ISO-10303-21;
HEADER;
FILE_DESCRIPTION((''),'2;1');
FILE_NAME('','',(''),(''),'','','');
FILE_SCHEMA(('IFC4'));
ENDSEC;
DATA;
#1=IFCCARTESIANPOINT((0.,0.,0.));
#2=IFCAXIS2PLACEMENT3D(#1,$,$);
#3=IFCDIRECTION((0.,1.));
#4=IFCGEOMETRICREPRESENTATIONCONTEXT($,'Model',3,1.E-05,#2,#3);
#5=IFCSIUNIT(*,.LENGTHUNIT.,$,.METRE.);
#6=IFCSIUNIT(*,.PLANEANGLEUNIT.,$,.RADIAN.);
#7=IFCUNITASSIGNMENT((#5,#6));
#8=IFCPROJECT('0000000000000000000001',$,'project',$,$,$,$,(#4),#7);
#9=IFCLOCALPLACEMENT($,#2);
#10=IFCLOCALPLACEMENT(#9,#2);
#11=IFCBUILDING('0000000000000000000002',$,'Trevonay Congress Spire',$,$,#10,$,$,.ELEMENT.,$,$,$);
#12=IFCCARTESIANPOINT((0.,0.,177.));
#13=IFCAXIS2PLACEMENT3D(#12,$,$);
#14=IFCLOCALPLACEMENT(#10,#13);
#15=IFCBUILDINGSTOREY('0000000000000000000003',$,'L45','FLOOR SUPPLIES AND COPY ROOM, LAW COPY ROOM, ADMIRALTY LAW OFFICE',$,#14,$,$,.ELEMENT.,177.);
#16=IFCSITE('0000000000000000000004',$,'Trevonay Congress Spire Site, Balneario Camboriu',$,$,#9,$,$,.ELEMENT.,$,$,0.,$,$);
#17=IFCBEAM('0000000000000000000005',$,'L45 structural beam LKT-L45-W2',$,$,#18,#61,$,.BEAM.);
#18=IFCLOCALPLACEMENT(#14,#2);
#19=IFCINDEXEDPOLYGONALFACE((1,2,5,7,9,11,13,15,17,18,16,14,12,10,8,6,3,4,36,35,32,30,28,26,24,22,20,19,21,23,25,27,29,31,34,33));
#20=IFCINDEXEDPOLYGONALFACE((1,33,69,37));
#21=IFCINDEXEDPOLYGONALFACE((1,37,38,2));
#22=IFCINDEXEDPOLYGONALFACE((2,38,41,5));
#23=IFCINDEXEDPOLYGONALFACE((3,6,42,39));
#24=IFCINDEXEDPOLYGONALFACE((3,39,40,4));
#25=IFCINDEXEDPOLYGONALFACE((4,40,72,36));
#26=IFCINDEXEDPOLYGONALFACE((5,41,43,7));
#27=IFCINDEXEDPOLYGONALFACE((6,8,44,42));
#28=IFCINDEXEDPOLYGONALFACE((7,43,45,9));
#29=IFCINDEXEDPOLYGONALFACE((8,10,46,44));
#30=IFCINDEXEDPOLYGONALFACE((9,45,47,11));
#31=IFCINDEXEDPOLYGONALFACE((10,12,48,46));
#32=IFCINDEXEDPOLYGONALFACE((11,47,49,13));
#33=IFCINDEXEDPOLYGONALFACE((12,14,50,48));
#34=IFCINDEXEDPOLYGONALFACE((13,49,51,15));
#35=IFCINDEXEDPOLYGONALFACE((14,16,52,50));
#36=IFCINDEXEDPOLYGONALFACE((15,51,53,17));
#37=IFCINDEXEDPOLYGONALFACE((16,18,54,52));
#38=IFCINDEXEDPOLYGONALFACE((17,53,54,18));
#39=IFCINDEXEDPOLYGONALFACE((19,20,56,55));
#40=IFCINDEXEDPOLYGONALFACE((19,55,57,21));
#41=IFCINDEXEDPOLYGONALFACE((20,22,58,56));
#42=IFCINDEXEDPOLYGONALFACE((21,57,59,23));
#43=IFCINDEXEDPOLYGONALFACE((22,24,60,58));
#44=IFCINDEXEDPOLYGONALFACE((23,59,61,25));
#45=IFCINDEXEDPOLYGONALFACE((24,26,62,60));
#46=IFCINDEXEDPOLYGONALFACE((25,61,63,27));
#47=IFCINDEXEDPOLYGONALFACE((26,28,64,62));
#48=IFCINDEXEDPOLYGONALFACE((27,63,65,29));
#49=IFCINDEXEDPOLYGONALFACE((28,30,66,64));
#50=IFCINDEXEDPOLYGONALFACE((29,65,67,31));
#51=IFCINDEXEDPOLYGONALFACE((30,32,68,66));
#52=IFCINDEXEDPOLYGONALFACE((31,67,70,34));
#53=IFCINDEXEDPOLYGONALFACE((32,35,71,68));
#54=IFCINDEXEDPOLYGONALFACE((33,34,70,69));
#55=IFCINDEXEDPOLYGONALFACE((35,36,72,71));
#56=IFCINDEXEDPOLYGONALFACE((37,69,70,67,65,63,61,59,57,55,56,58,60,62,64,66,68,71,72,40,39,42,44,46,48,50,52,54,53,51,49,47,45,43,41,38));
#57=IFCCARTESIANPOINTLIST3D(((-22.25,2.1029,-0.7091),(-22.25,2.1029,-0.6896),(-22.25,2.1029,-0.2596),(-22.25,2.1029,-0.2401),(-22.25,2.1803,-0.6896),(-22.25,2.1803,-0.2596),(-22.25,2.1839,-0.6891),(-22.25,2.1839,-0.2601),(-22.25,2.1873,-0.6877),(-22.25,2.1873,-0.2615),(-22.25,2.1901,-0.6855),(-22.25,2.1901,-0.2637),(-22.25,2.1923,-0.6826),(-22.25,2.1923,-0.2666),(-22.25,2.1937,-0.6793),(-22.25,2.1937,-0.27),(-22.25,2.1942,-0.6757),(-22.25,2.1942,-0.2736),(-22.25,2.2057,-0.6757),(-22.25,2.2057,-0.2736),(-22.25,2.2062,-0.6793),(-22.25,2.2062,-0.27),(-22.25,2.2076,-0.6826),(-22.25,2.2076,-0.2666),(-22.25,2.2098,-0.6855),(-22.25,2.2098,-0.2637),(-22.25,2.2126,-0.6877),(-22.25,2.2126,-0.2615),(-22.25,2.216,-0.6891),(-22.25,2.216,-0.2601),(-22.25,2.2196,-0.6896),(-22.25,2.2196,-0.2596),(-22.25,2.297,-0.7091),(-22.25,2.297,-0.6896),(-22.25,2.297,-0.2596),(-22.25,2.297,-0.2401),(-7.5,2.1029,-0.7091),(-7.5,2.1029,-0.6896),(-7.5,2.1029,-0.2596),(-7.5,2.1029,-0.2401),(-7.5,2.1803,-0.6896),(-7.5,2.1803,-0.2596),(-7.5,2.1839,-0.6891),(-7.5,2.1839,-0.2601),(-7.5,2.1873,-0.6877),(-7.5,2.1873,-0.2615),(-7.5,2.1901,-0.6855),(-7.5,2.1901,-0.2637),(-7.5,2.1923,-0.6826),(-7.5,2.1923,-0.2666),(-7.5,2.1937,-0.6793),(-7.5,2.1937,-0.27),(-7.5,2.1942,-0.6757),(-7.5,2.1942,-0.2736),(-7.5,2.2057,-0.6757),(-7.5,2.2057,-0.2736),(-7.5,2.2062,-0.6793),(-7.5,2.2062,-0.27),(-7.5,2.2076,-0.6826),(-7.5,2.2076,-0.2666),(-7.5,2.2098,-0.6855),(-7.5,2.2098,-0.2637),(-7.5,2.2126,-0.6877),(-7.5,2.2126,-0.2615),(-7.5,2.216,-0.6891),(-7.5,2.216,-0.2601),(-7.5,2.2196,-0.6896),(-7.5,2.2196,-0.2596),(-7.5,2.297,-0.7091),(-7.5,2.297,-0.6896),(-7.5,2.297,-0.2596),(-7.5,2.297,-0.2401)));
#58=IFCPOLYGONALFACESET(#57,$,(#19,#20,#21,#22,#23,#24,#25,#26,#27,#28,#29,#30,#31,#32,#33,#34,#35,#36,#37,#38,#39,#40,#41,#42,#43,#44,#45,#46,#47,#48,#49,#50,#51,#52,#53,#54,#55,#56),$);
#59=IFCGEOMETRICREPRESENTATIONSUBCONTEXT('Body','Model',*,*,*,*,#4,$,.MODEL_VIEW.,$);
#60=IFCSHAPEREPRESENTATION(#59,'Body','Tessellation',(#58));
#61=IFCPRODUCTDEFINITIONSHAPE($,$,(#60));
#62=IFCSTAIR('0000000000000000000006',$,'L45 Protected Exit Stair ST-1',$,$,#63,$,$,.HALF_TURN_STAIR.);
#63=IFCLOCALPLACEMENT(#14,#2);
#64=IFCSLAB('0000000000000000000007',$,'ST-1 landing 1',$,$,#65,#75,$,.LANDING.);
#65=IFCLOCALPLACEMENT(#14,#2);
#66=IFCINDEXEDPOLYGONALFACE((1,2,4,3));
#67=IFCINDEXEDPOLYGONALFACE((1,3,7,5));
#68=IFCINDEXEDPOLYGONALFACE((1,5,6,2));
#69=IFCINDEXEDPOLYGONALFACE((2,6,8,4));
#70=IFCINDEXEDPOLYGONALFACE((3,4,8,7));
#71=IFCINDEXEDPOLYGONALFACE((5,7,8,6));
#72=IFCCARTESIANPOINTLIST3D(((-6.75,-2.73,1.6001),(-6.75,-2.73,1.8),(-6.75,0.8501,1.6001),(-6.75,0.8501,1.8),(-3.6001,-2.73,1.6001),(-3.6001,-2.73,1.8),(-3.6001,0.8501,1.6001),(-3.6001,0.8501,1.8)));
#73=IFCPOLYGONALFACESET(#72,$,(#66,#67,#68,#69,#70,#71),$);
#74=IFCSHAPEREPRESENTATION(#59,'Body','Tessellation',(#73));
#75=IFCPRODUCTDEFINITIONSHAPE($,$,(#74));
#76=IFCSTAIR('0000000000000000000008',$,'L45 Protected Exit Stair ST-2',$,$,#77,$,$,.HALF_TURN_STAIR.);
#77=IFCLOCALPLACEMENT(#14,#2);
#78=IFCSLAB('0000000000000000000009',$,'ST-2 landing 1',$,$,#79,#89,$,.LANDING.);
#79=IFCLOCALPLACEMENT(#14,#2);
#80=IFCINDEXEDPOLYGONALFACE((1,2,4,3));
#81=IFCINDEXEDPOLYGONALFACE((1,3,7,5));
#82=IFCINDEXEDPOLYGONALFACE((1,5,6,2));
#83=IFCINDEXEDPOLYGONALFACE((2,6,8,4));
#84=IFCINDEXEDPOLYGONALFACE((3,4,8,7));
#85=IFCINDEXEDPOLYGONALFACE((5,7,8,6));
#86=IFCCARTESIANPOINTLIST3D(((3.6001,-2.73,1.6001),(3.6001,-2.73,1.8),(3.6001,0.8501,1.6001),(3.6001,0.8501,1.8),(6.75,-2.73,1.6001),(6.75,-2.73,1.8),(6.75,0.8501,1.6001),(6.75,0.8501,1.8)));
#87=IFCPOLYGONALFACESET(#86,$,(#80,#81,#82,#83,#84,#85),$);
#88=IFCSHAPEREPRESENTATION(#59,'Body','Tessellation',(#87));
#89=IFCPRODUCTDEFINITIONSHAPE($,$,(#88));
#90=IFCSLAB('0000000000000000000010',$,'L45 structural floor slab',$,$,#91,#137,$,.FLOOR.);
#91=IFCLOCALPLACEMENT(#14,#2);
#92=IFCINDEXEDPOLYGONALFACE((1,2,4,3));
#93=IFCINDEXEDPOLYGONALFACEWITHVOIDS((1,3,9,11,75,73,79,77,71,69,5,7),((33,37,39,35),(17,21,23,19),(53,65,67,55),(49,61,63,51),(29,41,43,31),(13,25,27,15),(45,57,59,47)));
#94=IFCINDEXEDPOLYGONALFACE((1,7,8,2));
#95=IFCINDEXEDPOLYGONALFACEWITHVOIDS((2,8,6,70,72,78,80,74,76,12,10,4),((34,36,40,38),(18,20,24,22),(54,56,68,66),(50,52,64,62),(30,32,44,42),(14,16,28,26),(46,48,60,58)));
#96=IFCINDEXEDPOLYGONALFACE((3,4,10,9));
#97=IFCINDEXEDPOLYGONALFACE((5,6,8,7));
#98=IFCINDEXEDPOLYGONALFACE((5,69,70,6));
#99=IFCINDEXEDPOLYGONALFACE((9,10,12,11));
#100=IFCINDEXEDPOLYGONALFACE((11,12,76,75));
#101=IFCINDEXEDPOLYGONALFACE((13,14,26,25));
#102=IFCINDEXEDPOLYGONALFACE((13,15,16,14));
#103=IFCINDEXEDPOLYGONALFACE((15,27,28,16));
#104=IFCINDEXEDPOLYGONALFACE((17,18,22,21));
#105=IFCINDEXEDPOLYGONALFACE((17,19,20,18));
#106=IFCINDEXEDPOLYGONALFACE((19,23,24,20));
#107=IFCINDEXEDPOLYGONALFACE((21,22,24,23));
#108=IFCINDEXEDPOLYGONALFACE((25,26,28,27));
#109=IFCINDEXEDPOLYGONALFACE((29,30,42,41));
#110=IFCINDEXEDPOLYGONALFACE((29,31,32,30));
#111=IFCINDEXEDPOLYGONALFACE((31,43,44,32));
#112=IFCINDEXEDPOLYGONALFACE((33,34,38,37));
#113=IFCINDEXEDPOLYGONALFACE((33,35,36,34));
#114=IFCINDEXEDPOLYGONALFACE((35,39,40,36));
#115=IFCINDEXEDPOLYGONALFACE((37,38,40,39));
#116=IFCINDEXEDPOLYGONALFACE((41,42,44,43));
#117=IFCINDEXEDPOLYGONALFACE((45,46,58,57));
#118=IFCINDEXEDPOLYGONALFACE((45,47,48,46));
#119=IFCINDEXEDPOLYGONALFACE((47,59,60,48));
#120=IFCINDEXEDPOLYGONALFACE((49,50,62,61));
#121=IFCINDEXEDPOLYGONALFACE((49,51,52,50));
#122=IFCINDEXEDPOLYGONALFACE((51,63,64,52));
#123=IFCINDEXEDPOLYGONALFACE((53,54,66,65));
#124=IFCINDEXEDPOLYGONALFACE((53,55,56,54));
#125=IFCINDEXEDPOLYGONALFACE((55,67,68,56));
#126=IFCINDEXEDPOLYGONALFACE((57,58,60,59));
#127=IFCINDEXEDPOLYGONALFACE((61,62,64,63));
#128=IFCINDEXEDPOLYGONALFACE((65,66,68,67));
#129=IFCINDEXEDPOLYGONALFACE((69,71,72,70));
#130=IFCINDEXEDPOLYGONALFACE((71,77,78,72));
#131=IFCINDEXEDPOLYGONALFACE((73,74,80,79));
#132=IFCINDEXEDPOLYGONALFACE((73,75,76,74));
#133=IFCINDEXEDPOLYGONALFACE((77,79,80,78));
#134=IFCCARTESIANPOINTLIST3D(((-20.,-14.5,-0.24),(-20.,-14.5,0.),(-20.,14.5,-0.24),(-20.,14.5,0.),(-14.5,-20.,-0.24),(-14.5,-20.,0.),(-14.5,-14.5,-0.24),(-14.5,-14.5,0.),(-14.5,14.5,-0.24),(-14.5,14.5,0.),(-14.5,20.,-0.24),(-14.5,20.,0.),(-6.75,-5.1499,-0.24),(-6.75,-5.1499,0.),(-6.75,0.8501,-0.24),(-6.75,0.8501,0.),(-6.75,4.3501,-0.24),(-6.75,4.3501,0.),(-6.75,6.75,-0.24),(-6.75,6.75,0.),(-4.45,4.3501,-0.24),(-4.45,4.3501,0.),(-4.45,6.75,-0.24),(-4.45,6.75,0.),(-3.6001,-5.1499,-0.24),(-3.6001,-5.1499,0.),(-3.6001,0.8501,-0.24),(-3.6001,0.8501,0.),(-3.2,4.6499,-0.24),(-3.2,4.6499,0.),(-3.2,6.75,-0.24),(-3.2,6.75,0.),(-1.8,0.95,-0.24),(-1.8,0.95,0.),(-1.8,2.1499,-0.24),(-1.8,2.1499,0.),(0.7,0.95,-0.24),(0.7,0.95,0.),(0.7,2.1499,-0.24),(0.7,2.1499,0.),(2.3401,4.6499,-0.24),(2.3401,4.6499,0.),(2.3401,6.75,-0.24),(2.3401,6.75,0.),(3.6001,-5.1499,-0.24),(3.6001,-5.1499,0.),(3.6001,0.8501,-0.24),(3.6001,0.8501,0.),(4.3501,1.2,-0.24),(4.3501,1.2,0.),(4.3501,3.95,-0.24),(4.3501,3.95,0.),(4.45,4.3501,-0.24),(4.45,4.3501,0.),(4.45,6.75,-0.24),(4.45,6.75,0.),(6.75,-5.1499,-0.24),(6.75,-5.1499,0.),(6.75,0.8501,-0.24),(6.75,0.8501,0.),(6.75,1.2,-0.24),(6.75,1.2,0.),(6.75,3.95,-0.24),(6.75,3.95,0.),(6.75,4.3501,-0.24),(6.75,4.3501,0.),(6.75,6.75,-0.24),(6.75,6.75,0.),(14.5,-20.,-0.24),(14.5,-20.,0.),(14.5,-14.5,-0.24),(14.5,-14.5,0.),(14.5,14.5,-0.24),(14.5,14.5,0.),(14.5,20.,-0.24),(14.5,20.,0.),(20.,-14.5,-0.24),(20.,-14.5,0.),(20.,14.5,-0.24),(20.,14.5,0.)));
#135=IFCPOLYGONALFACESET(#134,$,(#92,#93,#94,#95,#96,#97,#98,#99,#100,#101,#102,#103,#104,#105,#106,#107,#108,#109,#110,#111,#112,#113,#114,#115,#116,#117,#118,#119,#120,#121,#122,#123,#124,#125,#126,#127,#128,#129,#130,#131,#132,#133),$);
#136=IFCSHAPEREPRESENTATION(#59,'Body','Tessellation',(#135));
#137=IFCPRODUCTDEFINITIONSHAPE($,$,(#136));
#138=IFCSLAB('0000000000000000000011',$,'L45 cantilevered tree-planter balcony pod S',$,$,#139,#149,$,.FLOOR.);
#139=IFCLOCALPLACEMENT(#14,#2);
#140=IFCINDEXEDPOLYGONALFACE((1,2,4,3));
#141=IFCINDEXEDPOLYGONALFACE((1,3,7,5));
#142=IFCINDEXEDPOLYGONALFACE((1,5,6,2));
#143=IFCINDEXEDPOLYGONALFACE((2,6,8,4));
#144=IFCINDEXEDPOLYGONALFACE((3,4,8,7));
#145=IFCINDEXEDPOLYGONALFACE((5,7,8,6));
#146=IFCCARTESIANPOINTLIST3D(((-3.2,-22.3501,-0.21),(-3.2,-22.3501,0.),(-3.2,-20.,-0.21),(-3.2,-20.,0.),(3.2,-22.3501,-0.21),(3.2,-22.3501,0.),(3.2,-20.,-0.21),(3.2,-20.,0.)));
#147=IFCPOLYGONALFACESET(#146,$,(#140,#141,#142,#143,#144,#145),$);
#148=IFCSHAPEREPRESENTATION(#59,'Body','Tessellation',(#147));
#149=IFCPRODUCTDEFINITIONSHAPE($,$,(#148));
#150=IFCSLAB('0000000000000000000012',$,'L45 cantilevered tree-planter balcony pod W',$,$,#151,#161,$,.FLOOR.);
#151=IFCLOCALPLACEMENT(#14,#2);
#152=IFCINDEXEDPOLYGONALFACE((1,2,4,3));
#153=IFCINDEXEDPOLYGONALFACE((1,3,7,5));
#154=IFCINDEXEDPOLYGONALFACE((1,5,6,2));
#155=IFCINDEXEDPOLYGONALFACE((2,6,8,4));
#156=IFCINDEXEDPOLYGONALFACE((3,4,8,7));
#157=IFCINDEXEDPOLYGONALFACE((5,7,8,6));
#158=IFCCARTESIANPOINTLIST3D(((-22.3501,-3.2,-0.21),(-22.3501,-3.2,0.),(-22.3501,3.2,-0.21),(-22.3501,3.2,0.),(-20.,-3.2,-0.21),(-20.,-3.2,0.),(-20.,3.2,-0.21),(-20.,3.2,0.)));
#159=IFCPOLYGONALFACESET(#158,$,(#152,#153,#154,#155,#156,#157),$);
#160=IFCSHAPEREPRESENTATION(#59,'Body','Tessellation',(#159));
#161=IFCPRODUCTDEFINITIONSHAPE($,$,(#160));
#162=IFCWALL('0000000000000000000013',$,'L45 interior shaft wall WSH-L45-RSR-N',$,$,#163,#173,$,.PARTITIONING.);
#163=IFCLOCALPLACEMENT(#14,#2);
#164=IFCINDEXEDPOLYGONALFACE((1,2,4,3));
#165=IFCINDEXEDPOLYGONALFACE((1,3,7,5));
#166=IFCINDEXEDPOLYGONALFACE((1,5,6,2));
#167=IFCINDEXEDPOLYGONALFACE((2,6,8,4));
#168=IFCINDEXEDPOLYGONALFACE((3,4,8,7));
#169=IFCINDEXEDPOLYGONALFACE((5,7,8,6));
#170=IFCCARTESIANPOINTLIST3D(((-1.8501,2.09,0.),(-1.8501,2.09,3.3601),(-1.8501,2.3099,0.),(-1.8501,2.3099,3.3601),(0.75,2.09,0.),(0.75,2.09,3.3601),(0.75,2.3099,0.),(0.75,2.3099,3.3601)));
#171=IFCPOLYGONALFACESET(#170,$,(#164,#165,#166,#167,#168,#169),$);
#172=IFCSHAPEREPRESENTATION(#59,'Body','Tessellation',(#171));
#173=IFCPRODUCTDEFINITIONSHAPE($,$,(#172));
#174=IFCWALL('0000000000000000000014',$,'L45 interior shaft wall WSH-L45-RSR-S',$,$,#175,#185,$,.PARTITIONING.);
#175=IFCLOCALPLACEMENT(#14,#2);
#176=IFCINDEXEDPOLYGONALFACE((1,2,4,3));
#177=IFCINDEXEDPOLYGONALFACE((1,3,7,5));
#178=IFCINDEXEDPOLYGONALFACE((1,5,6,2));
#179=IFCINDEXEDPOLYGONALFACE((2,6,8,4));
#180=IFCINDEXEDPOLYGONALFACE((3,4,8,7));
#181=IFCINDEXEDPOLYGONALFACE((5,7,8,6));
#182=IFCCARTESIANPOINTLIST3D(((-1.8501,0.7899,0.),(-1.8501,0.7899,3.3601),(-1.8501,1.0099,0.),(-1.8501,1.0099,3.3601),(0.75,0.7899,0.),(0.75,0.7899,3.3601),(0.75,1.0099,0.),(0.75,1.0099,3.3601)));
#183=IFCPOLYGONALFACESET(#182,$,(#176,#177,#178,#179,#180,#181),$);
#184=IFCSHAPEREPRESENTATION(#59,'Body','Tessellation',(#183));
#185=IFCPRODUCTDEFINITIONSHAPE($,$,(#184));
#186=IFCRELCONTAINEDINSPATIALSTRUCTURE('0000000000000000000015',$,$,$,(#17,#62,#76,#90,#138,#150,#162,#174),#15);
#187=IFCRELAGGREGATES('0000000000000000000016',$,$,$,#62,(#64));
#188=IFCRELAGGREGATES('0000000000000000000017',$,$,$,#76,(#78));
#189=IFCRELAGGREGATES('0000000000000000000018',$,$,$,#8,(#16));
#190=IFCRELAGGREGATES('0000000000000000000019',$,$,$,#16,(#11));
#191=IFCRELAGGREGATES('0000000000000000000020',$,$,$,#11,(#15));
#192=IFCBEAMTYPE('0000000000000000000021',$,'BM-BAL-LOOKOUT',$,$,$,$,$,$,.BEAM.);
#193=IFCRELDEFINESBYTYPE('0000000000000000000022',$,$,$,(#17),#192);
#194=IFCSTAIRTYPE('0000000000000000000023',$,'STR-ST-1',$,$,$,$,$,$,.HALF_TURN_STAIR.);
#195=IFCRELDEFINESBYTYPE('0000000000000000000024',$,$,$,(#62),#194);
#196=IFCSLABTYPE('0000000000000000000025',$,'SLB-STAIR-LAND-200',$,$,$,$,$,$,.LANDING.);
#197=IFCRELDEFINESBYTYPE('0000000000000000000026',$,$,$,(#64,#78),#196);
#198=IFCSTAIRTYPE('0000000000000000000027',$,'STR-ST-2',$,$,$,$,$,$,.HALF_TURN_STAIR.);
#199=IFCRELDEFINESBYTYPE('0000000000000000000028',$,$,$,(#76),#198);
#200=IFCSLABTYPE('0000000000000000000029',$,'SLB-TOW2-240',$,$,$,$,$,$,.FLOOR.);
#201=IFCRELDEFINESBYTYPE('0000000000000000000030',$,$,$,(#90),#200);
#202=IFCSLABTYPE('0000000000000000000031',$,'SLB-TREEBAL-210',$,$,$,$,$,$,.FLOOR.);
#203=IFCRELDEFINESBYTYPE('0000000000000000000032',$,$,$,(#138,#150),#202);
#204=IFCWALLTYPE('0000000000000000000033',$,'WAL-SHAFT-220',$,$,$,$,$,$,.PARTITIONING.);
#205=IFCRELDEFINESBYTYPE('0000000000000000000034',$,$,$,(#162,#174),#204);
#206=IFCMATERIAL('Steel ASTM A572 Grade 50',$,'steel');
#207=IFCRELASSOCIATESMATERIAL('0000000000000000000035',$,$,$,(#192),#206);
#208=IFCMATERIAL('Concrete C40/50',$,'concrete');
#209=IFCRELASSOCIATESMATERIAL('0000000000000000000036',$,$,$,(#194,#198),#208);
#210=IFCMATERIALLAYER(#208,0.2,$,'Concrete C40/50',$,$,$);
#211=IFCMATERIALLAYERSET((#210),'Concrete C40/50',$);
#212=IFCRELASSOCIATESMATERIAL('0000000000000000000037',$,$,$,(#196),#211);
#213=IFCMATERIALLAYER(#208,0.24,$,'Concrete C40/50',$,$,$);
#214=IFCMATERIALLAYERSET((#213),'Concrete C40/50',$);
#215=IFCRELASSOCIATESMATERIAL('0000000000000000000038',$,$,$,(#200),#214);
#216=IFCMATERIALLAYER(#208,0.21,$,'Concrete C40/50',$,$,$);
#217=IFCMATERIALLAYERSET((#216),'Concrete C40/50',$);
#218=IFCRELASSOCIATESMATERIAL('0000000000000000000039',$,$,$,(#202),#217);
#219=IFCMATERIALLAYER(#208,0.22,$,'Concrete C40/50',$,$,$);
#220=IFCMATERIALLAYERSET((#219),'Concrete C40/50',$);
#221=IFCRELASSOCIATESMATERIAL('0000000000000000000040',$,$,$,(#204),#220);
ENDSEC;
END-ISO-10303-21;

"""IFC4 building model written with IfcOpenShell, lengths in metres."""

from ifc_helpers import new_model, si_unit, direction, frame, frame_2d, origin, origin_2d, place, context, subcontext, project, spatial, polyline, rectangle, i_section, outline, extrude, material, layer, layer_set, material_profile, profile_set, type_object, element, aggregate, save


model = new_model("IFC4")

# Units and contexts
model_context = context("Model", 3, precision=1e-05, world=origin(), true_north=direction((0.0, 1.0)))
body_context = subcontext(model_context, "Body", "Model", "MODEL_VIEW")
ifc_project = project(units=[si_unit("LENGTHUNIT", "METRE"), si_unit("PLANEANGLEUNIT", "RADIAN")], contexts=[model_context])

# Site, building, storey
site_placement = place(None, origin())
site = spatial("IfcSite", under=ifc_project, at=site_placement, Name="Trevonay Congress Spire Site, Balneario Camboriu", CompositionType="ELEMENT", RefElevation=0.0)
building_placement = place(site_placement, origin())
building = spatial("IfcBuilding", under=site, at=building_placement, Name="Trevonay Congress Spire", CompositionType="ELEMENT")
storey_placement = place(building_placement, frame((0.0, 0.0, 177.0)))
storey = spatial("IfcBuildingStorey", under=building, at=storey_placement, Name="L45", Description="FLOOR SUPPLIES AND COPY ROOM, LAW COPY ROOM, ADMIRALTY LAW OFFICE", CompositionType="ELEMENT", Elevation=177.0)

# Beam
ifc_material_1 = material(Name="Steel ASTM A572 Grade 50", Category="steel")
ifc_material_profile = material_profile(ifc_material_1, i_section(OverallWidth=0.1941, OverallDepth=0.469, WebThickness=0.0115, FlangeThickness=0.0195, FilletRadius=0.0139, at=origin_2d()), Name="W460x106")
ifc_profile_set = profile_set([ifc_material_profile], Name="Steel ASTM A572 Grade 50")
beam_type = type_object("IfcBeamType", Name="BM-BAL-LOOKOUT", PredefinedType="BEAM", material=ifc_profile_set)
beam_placement = place(storey_placement, frame((-7.5, 2.2, -0.4746), z_axis=(-1.0, 0.0, 0.0), x_axis=(0.0, -1.0, 0.0)))
element("IfcBeam", 1, at=beam_placement, inside=storey, type_object=beam_type, Name="L45 structural beam LKT-L45-W2", PredefinedType="BEAM", context=body_context, shape_type="SweptSolid", body=[
    extrude(i_section(OverallWidth=0.1941, OverallDepth=0.469, WebThickness=0.0115, FlangeThickness=0.0195, FilletRadius=0.0139, at=origin_2d()), origin(), (0.0, 0.0, 1.0), 14.75),
])

# Stairs, slabs
ifc_material_2 = material(Name="Concrete C40/50", Category="concrete")
stair_type_1 = type_object("IfcStairType", Name="STR-ST-1", PredefinedType="HALF_TURN_STAIR", material=ifc_material_2)
stair_1_placement = place(storey_placement, origin())
stair_1 = element("IfcStair", 2, at=stair_1_placement, inside=storey, type_object=stair_type_1, Name="L45 Protected Exit Stair ST-1", PredefinedType="HALF_TURN_STAIR")
ifc_layer_1 = layer(ifc_material_2, 0.2, Name="Concrete C40/50")
ifc_layer_set_1 = layer_set([ifc_layer_1], Name="Concrete C40/50")
slab_type_1 = type_object("IfcSlabType", Name="SLB-STAIR-LAND-200", PredefinedType="LANDING", material=ifc_layer_set_1)
slab_1_placement = place(storey_placement, frame((0.0, 0.0, 1.6001)))
slab_1 = element("IfcSlab", 3, at=slab_1_placement, type_object=slab_type_1, Name="ST-1 landing 1", PredefinedType="LANDING", context=body_context, shape_type="SweptSolid", body=[
    extrude(outline(polyline([(-3.6001, -2.73), (-3.6001, 0.8501), (-6.75, 0.8501), (-6.75, -2.73), (-3.6001, -2.73)])), origin(), (0.0, 0.0, 1.0), 0.2),
])
aggregate(stair_1, [slab_1])
stair_type_2 = type_object("IfcStairType", Name="STR-ST-2", PredefinedType="HALF_TURN_STAIR", material=ifc_material_2)
stair_2_placement = place(storey_placement, origin())
stair_2 = element("IfcStair", 4, at=stair_2_placement, inside=storey, type_object=stair_type_2, Name="L45 Protected Exit Stair ST-2", PredefinedType="HALF_TURN_STAIR")
slab_2_placement = place(storey_placement, frame((0.0, 0.0, 1.6001)))
slab_2 = element("IfcSlab", 5, at=slab_2_placement, type_object=slab_type_1, Name="ST-2 landing 1", PredefinedType="LANDING", context=body_context, shape_type="SweptSolid", body=[
    extrude(outline(polyline([(6.75, -2.73), (6.75, 0.8501), (3.6001, 0.8501), (3.6001, -2.73), (6.75, -2.73)])), origin(), (0.0, 0.0, 1.0), 0.2),
])
aggregate(stair_2, [slab_2])

# Slabs
ifc_layer_2 = layer(ifc_material_2, 0.24, Name="Concrete C40/50")
ifc_layer_set_2 = layer_set([ifc_layer_2], Name="Concrete C40/50")
slab_type_2 = type_object("IfcSlabType", Name="SLB-TOW2-240", PredefinedType="FLOOR", material=ifc_layer_set_2)
slab_3_placement = place(storey_placement, frame((0.0, 0.0, -0.24)))
element("IfcSlab", 6, at=slab_3_placement, inside=storey, type_object=slab_type_2, Name="L45 structural floor slab", PredefinedType="FLOOR", context=body_context, shape_type="SweptSolid", body=[
    extrude(outline(polyline([(-14.5, -20.0), (14.5, -20.0), (14.5, -14.5), (20.0, -14.5), (20.0, 14.5), (14.5, 14.5), (14.5, 20.0), (-14.5, 20.0), (-14.5, 14.5), (-20.0, 14.5), (-20.0, -14.5), (-14.5, -14.5), (-14.5, -20.0)]), holes=[polyline([(-3.6001, -5.1499), (-3.6001, 0.8501), (-6.75, 0.8501), (-6.75, -5.1499), (-3.6001, -5.1499)]), polyline([(6.75, -5.1499), (6.75, 0.8501), (3.6001, 0.8501), (3.6001, -5.1499), (6.75, -5.1499)]), polyline([(-3.2, 4.6499), (2.3401, 4.6499), (2.3401, 6.75), (-3.2, 6.75), (-3.2, 4.6499)]), polyline([(-6.75, 4.3501), (-4.45, 4.3501), (-4.45, 6.75), (-6.75, 6.75), (-6.75, 4.3501)]), polyline([(4.45, 4.3501), (6.75, 4.3501), (6.75, 6.75), (4.45, 6.75), (4.45, 4.3501)]), polyline([(4.3501, 1.2), (6.75, 1.2), (6.75, 3.95), (4.3501, 3.95), (4.3501, 1.2)]), polyline([(-1.8, 0.95), (0.7, 0.95), (0.7, 2.1499), (-1.8, 2.1499), (-1.8, 0.95)])]), origin(), (0.0, 0.0, 1.0), 0.24),
])
ifc_layer_3 = layer(ifc_material_2, 0.21, Name="Concrete C40/50")
ifc_layer_set_3 = layer_set([ifc_layer_3], Name="Concrete C40/50")
slab_type_3 = type_object("IfcSlabType", Name="SLB-TREEBAL-210", PredefinedType="FLOOR", material=ifc_layer_set_3)
slab_4_placement = place(storey_placement, frame((0.0, 0.0, -0.21)))
element("IfcSlab", 7, at=slab_4_placement, inside=storey, type_object=slab_type_3, Name="L45 cantilevered tree-planter balcony pod S", PredefinedType="FLOOR", context=body_context, shape_type="SweptSolid", body=[
    extrude(outline(polyline([(-3.2, -22.3501), (3.2, -22.3501), (3.2, -20.0), (-3.2, -20.0), (-3.2, -22.3501)])), origin(), (0.0, 0.0, 1.0), 0.21),
])
slab_5_placement = place(storey_placement, frame((0.0, 0.0, -0.21)))
element("IfcSlab", 8, at=slab_5_placement, inside=storey, type_object=slab_type_3, Name="L45 cantilevered tree-planter balcony pod W", PredefinedType="FLOOR", context=body_context, shape_type="SweptSolid", body=[
    extrude(outline(polyline([(-22.3501, -3.2), (-20.0, -3.2), (-20.0, 3.2), (-22.3501, 3.2), (-22.3501, -3.2)])), origin(), (0.0, 0.0, 1.0), 0.21),
])

# Walls
ifc_layer_4 = layer(ifc_material_2, 0.22, Name="Concrete C40/50")
ifc_layer_set_4 = layer_set([ifc_layer_4], Name="Concrete C40/50")
wall_type_1 = type_object("IfcWallType", Name="WAL-SHAFT-220", PredefinedType="PARTITIONING", material=ifc_layer_set_4)
for number, where, z_axis, x_axis, name in (
    (9, (-1.8501, 2.2, 0.0), (0.0, 0.0, 1.0), (1.0, 0.0, 0.0), "L45 interior shaft wall WSH-L45-RSR-N"),
    (10, (-1.8501, 0.8999, 0.0), (0.0, 0.0, 1.0), (1.0, 0.0, 0.0), "L45 interior shaft wall WSH-L45-RSR-S"),
):
    element("IfcWall", number, at=place(storey_placement, frame(where, z_axis=z_axis, x_axis=x_axis)), inside=storey, type_object=wall_type_1, Name=name, PredefinedType="PARTITIONING", context=body_context, shape_type="SweptSolid", body=[
        extrude(rectangle(XDim=2.6001, YDim=0.22, at=frame_2d((1.3, 0.0))), origin(), (0.0, 0.0, 1.0), 3.3601),
    ])

save(model, "model.ifc")
